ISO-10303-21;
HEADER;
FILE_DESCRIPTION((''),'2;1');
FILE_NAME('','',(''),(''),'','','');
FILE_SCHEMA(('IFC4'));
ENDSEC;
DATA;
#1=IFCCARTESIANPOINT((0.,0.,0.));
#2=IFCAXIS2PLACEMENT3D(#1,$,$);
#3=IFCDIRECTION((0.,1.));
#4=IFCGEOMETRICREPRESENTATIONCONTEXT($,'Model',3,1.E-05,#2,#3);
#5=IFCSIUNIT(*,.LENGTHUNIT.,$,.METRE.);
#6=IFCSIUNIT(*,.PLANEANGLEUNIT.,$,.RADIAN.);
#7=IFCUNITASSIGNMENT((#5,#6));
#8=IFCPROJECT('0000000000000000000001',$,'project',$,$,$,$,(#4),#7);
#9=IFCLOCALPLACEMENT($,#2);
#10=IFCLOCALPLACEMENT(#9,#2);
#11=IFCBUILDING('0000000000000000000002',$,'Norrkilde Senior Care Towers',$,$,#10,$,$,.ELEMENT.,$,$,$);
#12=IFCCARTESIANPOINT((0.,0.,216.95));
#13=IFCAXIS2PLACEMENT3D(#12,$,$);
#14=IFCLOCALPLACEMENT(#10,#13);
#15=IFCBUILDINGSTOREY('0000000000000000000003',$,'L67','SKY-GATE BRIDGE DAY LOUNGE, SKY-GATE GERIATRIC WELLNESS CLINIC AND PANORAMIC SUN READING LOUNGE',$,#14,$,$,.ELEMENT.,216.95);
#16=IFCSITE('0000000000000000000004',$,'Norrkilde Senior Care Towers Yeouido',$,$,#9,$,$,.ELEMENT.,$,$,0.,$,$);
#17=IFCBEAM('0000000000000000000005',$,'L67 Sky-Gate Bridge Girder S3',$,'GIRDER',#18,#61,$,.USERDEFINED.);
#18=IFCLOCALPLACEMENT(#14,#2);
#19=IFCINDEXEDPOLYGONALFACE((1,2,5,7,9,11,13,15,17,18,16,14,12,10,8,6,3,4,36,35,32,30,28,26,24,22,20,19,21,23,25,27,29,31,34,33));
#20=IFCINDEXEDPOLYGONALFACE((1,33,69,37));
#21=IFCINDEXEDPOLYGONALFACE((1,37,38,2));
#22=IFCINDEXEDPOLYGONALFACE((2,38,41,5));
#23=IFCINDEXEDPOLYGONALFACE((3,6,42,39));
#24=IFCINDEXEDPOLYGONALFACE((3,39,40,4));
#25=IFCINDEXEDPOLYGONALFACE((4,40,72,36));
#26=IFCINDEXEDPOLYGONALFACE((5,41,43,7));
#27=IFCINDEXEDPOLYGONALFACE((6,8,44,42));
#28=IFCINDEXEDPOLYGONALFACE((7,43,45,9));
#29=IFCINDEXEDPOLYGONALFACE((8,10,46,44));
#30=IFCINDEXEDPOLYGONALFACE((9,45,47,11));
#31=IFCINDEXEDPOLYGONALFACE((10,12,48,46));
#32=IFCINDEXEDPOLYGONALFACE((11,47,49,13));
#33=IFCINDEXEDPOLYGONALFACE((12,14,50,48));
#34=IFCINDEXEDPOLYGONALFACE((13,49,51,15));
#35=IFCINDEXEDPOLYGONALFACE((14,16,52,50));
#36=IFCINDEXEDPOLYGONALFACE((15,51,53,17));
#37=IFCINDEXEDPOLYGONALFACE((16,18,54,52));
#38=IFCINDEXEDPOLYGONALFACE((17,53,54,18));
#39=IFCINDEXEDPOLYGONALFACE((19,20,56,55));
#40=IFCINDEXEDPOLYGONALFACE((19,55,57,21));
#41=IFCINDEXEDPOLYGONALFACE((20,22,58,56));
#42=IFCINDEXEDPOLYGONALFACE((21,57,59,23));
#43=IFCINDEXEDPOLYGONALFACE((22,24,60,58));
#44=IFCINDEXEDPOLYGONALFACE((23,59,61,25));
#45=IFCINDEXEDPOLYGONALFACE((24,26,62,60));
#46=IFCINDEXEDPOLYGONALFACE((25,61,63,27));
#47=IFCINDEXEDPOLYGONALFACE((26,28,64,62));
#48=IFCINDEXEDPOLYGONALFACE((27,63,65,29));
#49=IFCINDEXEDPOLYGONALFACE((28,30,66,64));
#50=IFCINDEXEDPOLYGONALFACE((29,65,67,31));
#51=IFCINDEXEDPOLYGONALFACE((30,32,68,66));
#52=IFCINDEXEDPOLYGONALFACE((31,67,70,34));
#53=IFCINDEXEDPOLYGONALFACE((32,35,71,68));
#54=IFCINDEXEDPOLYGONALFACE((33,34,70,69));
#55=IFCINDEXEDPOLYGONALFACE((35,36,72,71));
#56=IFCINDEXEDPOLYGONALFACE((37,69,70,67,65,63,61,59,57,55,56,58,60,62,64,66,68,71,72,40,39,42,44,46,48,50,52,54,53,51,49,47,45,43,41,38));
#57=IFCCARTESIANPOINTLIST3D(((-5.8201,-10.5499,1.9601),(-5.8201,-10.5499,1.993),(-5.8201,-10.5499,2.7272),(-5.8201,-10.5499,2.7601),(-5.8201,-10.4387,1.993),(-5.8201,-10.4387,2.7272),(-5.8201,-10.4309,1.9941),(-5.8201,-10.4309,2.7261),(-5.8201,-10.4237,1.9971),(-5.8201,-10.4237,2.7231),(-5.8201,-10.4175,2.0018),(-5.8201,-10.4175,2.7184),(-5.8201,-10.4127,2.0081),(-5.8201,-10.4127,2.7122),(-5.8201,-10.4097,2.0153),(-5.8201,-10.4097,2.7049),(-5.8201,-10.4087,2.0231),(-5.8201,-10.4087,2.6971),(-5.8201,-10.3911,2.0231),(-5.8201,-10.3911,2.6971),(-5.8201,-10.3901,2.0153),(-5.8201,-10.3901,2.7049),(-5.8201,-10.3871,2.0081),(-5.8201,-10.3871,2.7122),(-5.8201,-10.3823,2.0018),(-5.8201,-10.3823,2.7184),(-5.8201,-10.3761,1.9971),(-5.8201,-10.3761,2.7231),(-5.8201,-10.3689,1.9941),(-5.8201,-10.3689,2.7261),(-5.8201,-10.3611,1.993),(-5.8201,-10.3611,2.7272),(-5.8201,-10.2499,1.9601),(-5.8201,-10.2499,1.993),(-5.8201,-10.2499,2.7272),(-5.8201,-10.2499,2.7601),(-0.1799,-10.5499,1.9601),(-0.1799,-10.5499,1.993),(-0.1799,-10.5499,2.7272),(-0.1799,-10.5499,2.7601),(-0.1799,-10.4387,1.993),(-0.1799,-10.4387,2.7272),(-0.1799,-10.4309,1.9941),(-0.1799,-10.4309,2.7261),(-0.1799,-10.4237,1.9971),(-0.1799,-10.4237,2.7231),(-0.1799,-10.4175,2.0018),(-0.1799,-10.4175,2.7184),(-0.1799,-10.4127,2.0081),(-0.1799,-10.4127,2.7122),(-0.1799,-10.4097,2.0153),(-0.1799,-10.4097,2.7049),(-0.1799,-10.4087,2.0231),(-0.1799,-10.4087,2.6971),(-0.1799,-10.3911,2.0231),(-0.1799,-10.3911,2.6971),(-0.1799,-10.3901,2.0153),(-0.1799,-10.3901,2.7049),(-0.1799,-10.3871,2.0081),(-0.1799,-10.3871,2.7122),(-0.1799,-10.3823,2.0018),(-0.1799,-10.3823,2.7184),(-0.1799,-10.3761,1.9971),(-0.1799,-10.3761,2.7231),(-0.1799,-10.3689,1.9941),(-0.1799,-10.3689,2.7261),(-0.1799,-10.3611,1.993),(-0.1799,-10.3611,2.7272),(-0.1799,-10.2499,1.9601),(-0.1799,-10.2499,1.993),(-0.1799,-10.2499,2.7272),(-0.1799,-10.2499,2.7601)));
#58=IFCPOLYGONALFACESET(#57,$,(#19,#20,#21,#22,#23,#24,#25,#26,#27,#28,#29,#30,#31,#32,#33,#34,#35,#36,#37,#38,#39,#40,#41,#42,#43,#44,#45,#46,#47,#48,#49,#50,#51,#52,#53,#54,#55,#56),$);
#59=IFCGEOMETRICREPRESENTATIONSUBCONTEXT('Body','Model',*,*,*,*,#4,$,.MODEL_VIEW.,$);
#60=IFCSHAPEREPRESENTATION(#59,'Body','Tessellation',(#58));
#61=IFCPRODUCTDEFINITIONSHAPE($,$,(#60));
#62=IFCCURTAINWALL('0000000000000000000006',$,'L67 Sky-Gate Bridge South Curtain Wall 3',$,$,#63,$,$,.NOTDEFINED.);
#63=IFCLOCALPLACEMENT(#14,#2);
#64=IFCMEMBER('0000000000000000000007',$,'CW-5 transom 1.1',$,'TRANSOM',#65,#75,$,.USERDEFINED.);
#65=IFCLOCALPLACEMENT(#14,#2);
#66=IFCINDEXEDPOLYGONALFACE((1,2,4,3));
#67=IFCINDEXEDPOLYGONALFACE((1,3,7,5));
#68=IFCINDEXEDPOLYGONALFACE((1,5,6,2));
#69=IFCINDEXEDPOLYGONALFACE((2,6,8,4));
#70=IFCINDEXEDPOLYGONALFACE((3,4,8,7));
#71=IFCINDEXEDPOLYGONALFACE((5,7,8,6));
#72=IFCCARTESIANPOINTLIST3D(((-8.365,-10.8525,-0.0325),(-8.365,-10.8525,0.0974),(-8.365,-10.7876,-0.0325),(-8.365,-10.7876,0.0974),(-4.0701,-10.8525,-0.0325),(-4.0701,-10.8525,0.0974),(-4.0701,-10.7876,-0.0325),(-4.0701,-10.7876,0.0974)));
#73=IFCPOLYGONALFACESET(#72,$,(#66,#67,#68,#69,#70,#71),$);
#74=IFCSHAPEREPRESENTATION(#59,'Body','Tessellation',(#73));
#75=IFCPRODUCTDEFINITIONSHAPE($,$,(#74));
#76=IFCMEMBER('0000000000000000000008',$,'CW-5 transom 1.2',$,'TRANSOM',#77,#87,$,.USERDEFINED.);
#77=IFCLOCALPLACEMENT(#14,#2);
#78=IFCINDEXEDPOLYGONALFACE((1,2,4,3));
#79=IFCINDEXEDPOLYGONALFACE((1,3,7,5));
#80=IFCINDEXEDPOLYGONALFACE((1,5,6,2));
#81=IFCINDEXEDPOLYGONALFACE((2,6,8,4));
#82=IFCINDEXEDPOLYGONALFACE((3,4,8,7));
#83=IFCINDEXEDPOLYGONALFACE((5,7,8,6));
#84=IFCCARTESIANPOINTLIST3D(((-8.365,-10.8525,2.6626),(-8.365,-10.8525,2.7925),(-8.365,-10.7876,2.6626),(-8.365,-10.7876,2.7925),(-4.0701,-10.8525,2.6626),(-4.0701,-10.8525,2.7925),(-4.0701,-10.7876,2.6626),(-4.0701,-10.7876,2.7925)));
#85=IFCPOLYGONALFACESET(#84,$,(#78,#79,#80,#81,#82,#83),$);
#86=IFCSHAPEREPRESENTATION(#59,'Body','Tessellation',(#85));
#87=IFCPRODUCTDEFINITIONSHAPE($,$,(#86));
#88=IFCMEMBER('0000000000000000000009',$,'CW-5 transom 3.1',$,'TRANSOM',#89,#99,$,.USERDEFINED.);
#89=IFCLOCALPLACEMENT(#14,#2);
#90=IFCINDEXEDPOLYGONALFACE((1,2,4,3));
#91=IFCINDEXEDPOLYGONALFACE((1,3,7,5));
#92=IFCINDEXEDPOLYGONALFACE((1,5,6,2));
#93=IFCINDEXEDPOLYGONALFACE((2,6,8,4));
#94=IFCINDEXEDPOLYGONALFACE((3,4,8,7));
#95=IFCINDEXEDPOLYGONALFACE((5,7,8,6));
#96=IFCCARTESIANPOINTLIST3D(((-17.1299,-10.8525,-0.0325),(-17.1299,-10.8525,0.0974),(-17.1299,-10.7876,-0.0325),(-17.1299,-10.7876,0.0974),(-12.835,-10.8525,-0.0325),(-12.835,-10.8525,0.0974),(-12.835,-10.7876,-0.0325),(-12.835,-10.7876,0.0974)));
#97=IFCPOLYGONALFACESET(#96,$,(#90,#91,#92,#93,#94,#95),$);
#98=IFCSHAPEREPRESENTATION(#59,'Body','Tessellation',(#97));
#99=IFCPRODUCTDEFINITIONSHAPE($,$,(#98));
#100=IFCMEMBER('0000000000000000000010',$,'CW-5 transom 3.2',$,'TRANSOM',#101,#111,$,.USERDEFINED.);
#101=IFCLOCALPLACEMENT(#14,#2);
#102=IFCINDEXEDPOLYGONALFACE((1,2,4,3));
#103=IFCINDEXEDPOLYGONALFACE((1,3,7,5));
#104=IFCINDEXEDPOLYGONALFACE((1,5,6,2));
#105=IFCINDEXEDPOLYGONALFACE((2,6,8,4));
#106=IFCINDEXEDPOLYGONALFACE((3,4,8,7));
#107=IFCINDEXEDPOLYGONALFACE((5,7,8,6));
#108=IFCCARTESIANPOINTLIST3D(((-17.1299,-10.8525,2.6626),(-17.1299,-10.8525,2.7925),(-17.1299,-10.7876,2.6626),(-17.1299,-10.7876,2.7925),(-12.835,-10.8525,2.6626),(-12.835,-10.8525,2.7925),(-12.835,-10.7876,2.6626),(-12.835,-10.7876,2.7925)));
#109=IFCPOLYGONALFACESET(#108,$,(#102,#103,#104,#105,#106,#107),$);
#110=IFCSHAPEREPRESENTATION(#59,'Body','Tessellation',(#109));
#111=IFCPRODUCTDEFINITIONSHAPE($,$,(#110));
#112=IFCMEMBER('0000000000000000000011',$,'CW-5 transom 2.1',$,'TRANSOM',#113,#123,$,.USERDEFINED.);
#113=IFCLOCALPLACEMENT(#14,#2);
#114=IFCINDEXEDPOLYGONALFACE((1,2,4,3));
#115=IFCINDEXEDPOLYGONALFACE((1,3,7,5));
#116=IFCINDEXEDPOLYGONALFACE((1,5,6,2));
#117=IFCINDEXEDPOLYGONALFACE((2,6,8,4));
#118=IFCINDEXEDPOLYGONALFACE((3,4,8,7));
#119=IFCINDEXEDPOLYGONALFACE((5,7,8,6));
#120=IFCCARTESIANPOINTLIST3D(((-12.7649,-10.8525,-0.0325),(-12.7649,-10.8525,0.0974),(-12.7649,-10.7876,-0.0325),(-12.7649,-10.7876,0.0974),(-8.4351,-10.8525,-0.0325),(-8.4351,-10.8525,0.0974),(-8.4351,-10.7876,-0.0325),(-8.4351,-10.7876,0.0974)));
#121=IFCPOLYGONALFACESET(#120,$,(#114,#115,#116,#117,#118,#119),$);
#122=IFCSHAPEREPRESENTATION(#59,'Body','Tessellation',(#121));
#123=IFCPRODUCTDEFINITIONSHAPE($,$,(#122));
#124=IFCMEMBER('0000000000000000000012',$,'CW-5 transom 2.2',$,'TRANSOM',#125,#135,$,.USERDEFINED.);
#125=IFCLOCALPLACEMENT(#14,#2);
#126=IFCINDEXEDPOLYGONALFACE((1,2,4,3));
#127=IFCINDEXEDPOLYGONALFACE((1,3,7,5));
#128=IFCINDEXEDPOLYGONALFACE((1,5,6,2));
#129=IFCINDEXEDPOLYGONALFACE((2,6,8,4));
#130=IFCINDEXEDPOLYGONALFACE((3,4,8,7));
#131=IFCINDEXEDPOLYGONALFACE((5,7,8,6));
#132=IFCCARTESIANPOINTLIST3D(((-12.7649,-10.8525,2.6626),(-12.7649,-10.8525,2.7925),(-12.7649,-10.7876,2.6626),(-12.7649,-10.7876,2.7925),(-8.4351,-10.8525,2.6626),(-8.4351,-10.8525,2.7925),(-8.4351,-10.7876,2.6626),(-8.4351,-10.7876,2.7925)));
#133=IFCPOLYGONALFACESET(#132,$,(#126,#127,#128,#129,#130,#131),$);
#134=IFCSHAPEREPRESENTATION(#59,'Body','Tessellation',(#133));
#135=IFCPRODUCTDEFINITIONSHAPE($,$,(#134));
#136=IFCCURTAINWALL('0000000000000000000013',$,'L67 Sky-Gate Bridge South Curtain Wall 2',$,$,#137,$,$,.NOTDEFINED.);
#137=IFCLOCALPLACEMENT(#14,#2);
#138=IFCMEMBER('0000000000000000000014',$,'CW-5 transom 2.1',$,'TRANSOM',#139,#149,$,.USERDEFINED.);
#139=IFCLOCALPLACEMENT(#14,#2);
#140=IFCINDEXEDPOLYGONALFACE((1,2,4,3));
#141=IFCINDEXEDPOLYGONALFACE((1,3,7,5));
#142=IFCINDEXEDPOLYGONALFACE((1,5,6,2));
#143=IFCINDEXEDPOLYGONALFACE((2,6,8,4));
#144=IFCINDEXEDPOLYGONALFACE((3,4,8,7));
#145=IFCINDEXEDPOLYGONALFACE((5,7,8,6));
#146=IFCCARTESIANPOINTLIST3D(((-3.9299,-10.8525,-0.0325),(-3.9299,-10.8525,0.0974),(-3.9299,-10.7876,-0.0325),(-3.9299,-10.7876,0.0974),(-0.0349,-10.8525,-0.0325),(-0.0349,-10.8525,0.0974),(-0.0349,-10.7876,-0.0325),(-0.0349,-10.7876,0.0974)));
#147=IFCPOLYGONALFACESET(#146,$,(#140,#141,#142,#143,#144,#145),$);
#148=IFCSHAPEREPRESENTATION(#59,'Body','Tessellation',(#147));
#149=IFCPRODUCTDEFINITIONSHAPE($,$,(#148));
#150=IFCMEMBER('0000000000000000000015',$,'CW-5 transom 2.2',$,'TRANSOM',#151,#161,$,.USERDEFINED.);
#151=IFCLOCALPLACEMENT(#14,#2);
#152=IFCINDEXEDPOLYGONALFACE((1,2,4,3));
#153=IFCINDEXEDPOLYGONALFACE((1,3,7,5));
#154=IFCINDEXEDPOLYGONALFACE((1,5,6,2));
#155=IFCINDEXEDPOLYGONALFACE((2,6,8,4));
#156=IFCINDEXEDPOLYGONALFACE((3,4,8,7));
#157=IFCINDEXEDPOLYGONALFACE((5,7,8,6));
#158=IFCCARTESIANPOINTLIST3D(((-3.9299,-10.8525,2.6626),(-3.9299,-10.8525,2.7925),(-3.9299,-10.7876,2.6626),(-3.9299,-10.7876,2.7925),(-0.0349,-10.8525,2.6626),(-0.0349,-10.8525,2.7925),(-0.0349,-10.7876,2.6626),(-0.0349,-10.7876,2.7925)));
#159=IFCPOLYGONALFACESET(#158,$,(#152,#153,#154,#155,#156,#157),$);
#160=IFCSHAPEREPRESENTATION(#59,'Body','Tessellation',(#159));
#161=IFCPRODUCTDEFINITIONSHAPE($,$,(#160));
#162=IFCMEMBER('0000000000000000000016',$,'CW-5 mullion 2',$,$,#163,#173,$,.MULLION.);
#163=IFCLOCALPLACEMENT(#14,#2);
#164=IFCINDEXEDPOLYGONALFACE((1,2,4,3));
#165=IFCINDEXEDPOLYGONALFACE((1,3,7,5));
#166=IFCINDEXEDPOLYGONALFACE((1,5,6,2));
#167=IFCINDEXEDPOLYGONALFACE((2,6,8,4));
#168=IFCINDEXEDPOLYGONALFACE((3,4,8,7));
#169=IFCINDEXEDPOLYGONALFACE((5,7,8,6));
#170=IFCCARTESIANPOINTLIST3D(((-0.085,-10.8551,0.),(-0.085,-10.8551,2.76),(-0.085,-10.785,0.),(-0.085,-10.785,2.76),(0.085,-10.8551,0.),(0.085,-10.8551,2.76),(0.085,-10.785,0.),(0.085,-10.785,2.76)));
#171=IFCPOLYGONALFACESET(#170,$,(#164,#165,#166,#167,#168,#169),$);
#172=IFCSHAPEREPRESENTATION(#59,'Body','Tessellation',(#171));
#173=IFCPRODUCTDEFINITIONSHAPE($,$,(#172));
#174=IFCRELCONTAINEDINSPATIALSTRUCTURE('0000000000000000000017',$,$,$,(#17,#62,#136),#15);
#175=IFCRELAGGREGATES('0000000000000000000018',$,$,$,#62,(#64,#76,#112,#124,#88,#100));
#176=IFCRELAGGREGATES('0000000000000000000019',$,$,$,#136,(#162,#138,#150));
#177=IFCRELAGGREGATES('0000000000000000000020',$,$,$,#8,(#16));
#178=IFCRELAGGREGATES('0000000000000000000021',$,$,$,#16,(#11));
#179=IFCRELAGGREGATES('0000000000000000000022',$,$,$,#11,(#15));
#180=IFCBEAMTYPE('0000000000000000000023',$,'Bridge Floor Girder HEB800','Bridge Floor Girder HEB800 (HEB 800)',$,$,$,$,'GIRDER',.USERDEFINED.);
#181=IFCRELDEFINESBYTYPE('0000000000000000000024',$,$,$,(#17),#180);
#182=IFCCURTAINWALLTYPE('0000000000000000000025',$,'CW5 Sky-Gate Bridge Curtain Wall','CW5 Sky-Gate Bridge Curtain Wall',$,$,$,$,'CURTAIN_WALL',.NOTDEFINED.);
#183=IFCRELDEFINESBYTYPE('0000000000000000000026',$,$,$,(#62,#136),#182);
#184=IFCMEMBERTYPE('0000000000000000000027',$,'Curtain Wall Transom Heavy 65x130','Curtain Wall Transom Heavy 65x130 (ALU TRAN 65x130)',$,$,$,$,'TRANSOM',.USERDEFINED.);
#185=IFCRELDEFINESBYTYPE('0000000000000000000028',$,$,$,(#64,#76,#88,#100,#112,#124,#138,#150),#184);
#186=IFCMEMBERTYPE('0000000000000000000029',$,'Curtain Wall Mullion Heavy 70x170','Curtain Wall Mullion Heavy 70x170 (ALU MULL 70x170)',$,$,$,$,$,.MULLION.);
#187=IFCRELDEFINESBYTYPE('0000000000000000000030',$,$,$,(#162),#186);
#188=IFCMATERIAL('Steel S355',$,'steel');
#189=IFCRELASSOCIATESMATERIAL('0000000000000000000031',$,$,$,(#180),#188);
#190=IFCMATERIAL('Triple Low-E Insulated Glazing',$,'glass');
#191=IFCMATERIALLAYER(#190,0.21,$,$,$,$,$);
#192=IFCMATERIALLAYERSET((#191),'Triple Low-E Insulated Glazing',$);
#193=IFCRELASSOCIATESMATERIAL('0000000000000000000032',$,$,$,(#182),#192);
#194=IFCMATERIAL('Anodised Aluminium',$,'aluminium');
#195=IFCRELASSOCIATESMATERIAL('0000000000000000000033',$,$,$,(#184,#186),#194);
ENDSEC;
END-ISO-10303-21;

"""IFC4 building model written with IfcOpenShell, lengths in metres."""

from ifc_helpers import new_model, si_unit, direction, frame, origin, origin_2d, place, context, subcontext, project, spatial, rectangle, i_section, extrude, source, transform, mapped, material, layer, layer_set, material_profile, profile_set, type_object, type_shapes, element, aggregate, save


model = new_model("IFC4")

# Units and contexts
model_context = context("Model", 3, precision=1e-05, world=origin(), true_north=direction((0.0, 1.0)))
body_context = subcontext(model_context, "Body", "Model", "MODEL_VIEW")
ifc_project = project(units=[si_unit("LENGTHUNIT", "METRE"), si_unit("PLANEANGLEUNIT", "RADIAN")], contexts=[model_context])

# Site, building, storey
site_placement = place(None, origin())
site = spatial("IfcSite", under=ifc_project, at=site_placement, Name="Norrkilde Senior Care Towers Yeouido", CompositionType="ELEMENT", RefElevation=0.0)
building_placement = place(site_placement, origin())
building = spatial("IfcBuilding", under=site, at=building_placement, Name="Norrkilde Senior Care Towers", CompositionType="ELEMENT")
storey_placement = place(building_placement, frame((0.0, 0.0, 216.95)))
storey = spatial("IfcBuildingStorey", under=building, at=storey_placement, Name="L67", Description="SKY-GATE BRIDGE DAY LOUNGE, SKY-GATE GERIATRIC WELLNESS CLINIC AND PANORAMIC SUN READING LOUNGE", CompositionType="ELEMENT", Elevation=216.95)

# Shared definitions
ifc_material_1 = material(Name="Steel S355", Category="steel")

# Beam
ifc_material_profile_1 = material_profile(ifc_material_1, i_section(OverallWidth=0.3, OverallDepth=0.8, WebThickness=0.0176, FlangeThickness=0.033, FilletRadius=0.03, at=origin_2d()), Name="HEB 800")
ifc_profile_set_1 = profile_set([ifc_material_profile_1], Name="Steel S355")
beam_type_1 = type_object("IfcBeamType", Name="Bridge Floor Girder HEB800", Description="Bridge Floor Girder HEB800 (HEB 800)", ElementType="GIRDER", PredefinedType="USERDEFINED", material=ifc_profile_set_1)
shared_shape_1 = source(origin(), body_context, "Body", "SweptSolid", [
    extrude(i_section(OverallWidth=0.3, OverallDepth=0.8, WebThickness=0.0176, FlangeThickness=0.033, FilletRadius=0.03, at=origin_2d()), origin(), (0.0, 0.0, 1.0), 5.6401),
])
type_shapes(beam_type_1, [shared_shape_1])
for number, where, z_axis, x_axis, name in (
    (1, (-5.8201, -10.3999, 2.3601), (1.0, 0.0, 0.0), (0.0, 1.0, 0.0), "L67 Sky-Gate Bridge Girder S3"),
):
    element("IfcBeam", number, at=place(storey_placement, frame(where, z_axis=z_axis, x_axis=x_axis)), inside=storey, type_object=beam_type_1, Name=name, ObjectType="GIRDER", PredefinedType="USERDEFINED", context=body_context, shape_type="MappedRepresentation", body=[
        mapped(shared_shape_1, transform((0.0, 0.0, 0.0), x_axis=(1.0, 0.0, 0.0), y_axis=(0.0, 1.0, 0.0), z_axis=(0.0, 0.0, 1.0), scale=1.0)),
    ])

# Curtain walls, members
ifc_material_2 = material(Name="Triple Low-E Insulated Glazing", Category="glass")
ifc_layer_1 = layer(ifc_material_2, 0.21)
ifc_layer_set_1 = layer_set([ifc_layer_1], Name="Triple Low-E Insulated Glazing")
curtain_wall_type = type_object("IfcCurtainWallType", Name="CW5 Sky-Gate Bridge Curtain Wall", Description="CW5 Sky-Gate Bridge Curtain Wall", ElementType="CURTAIN_WALL", PredefinedType="NOTDEFINED", material=ifc_layer_set_1)
curtain_wall_1_placement = place(storey_placement, origin())
curtain_wall_1 = element("IfcCurtainWall", 2, at=curtain_wall_1_placement, inside=storey, type_object=curtain_wall_type, Name="L67 Sky-Gate Bridge South Curtain Wall 3", PredefinedType="NOTDEFINED")
ifc_material_3 = material(Name="Anodised Aluminium", Category="aluminium")
ifc_material_profile_2 = material_profile(ifc_material_3, rectangle(XDim=0.0649, YDim=0.1299, at=origin_2d()), Name="ALU TRAN 65x130")
ifc_profile_set_2 = profile_set([ifc_material_profile_2], Name="Anodised Aluminium")
member_type_1 = type_object("IfcMemberType", Name="Curtain Wall Transom Heavy 65x130", Description="Curtain Wall Transom Heavy 65x130 (ALU TRAN 65x130)", ElementType="TRANSOM", PredefinedType="USERDEFINED", material=ifc_profile_set_2)
shared_shape_2 = source(origin(), body_context, "Body", "SweptSolid", [
    extrude(rectangle(XDim=0.0649, YDim=0.1299, at=origin_2d()), origin(), (0.0, 0.0, 1.0), 4.2949),
])
member_1_placement = place(storey_placement, frame((-4.0701, -10.8201, 0.0325), z_axis=(-1.0, 0.0, 0.0), x_axis=(0.0, -1.0, 0.0)))
member_1 = element("IfcMember", 3, at=member_1_placement, type_object=member_type_1, Name="CW-5 transom 1.1", ObjectType="TRANSOM", PredefinedType="USERDEFINED", context=body_context, shape_type="MappedRepresentation", body=[
    mapped(shared_shape_2, transform((0.0, 0.0, 0.0), x_axis=(1.0, 0.0, 0.0), y_axis=(0.0, 1.0, 0.0), z_axis=(0.0, 0.0, 1.0), scale=1.0)),
])
member_2_placement = place(storey_placement, frame((-4.0701, -10.8201, 2.7275), z_axis=(-1.0, 0.0, 0.0), x_axis=(0.0, -1.0, 0.0)))
member_2 = element("IfcMember", 4, at=member_2_placement, type_object=member_type_1, Name="CW-5 transom 1.2", ObjectType="TRANSOM", PredefinedType="USERDEFINED", context=body_context, shape_type="MappedRepresentation", body=[
    mapped(shared_shape_2, transform((0.0, 0.0, 0.0), x_axis=(1.0, 0.0, 0.0), y_axis=(0.0, 1.0, 0.0), z_axis=(0.0, 0.0, 1.0), scale=1.0)),
])
member_3_placement = place(storey_placement, frame((-12.835, -10.8201, 0.0325), z_axis=(-1.0, 0.0, 0.0), x_axis=(0.0, -1.0, 0.0)))
member_3 = element("IfcMember", 5, at=member_3_placement, type_object=member_type_1, Name="CW-5 transom 3.1", ObjectType="TRANSOM", PredefinedType="USERDEFINED", context=body_context, shape_type="MappedRepresentation", body=[
    mapped(shared_shape_2, transform((0.0, 0.0, 0.0), x_axis=(1.0, 0.0, 0.0), y_axis=(0.0, 1.0, 0.0), z_axis=(0.0, 0.0, 1.0), scale=1.0)),
])
member_4_placement = place(storey_placement, frame((-12.835, -10.8201, 2.7275), z_axis=(-1.0, 0.0, 0.0), x_axis=(0.0, -1.0, 0.0)))
member_4 = element("IfcMember", 6, at=member_4_placement, type_object=member_type_1, Name="CW-5 transom 3.2", ObjectType="TRANSOM", PredefinedType="USERDEFINED", context=body_context, shape_type="MappedRepresentation", body=[
    mapped(shared_shape_2, transform((0.0, 0.0, 0.0), x_axis=(1.0, 0.0, 0.0), y_axis=(0.0, 1.0, 0.0), z_axis=(0.0, 0.0, 1.0), scale=1.0)),
])
shared_shape_3 = source(origin(), body_context, "Body", "SweptSolid", [
    extrude(rectangle(XDim=0.0649, YDim=0.1299, at=origin_2d()), origin(), (0.0, 0.0, 1.0), 4.3298),
])
member_5_placement = place(storey_placement, frame((-8.4351, -10.8201, 0.0325), z_axis=(-1.0, 0.0, 0.0), x_axis=(0.0, -1.0, 0.0)))
member_5 = element("IfcMember", 7, at=member_5_placement, type_object=member_type_1, Name="CW-5 transom 2.1", ObjectType="TRANSOM", PredefinedType="USERDEFINED", context=body_context, shape_type="MappedRepresentation", body=[
    mapped(shared_shape_3, transform((0.0, 0.0, 0.0), x_axis=(1.0, 0.0, 0.0), y_axis=(0.0, 1.0, 0.0), z_axis=(0.0, 0.0, 1.0), scale=1.0)),
])
member_6_placement = place(storey_placement, frame((-8.4351, -10.8201, 2.7275), z_axis=(-1.0, 0.0, 0.0), x_axis=(0.0, -1.0, 0.0)))
member_6 = element("IfcMember", 8, at=member_6_placement, type_object=member_type_1, Name="CW-5 transom 2.2", ObjectType="TRANSOM", PredefinedType="USERDEFINED", context=body_context, shape_type="MappedRepresentation", body=[
    mapped(shared_shape_3, transform((0.0, 0.0, 0.0), x_axis=(1.0, 0.0, 0.0), y_axis=(0.0, 1.0, 0.0), z_axis=(0.0, 0.0, 1.0), scale=1.0)),
])
curtain_wall_2_placement = place(storey_placement, origin())
curtain_wall_2 = element("IfcCurtainWall", 9, at=curtain_wall_2_placement, inside=storey, type_object=curtain_wall_type, Name="L67 Sky-Gate Bridge South Curtain Wall 2", PredefinedType="NOTDEFINED")
shared_shape_4 = source(origin(), body_context, "Body", "SweptSolid", [
    extrude(rectangle(XDim=0.0649, YDim=0.1299, at=origin_2d()), origin(), (0.0, 0.0, 1.0), 3.895),
])
type_shapes(member_type_1, [shared_shape_2, shared_shape_3, shared_shape_4])
member_7_placement = place(storey_placement, frame((-0.0349, -10.8201, 0.0325), z_axis=(-1.0, 0.0, 0.0), x_axis=(0.0, -1.0, 0.0)))
member_7 = element("IfcMember", 10, at=member_7_placement, type_object=member_type_1, Name="CW-5 transom 2.1", ObjectType="TRANSOM", PredefinedType="USERDEFINED", context=body_context, shape_type="MappedRepresentation", body=[
    mapped(shared_shape_4, transform((0.0, 0.0, 0.0), x_axis=(1.0, 0.0, 0.0), y_axis=(0.0, 1.0, 0.0), z_axis=(0.0, 0.0, 1.0), scale=1.0)),
])
member_8_placement = place(storey_placement, frame((-0.0349, -10.8201, 2.7275), z_axis=(-1.0, 0.0, 0.0), x_axis=(0.0, -1.0, 0.0)))
member_8 = element("IfcMember", 11, at=member_8_placement, type_object=member_type_1, Name="CW-5 transom 2.2", ObjectType="TRANSOM", PredefinedType="USERDEFINED", context=body_context, shape_type="MappedRepresentation", body=[
    mapped(shared_shape_4, transform((0.0, 0.0, 0.0), x_axis=(1.0, 0.0, 0.0), y_axis=(0.0, 1.0, 0.0), z_axis=(0.0, 0.0, 1.0), scale=1.0)),
])
ifc_material_profile_3 = material_profile(ifc_material_3, rectangle(XDim=0.0701, YDim=0.1699, at=origin_2d()), Name="ALU MULL 70x170")
ifc_profile_set_3 = profile_set([ifc_material_profile_3], Name="Anodised Aluminium")
member_type_2 = type_object("IfcMemberType", Name="Curtain Wall Mullion Heavy 70x170", Description="Curtain Wall Mullion Heavy 70x170 (ALU MULL 70x170)", PredefinedType="MULLION", material=ifc_profile_set_3)
shared_shape_5 = source(origin(), body_context, "Body", "SweptSolid", [
    extrude(rectangle(XDim=0.0701, YDim=0.1699, at=origin_2d()), origin(), (0.0, 0.0, 1.0), 2.76),
])
type_shapes(member_type_2, [shared_shape_5])
member_9_placement = place(storey_placement, frame((0.0, -10.8201, 0.0), z_axis=(0.0, 0.0, 1.0), x_axis=(0.0, -1.0, 0.0)))
member_9 = element("IfcMember", 12, at=member_9_placement, type_object=member_type_2, Name="CW-5 mullion 2", PredefinedType="MULLION", context=body_context, shape_type="MappedRepresentation", body=[
    mapped(shared_shape_5, transform((0.0, 0.0, 0.0), x_axis=(1.0, 0.0, 0.0), y_axis=(0.0, 1.0, 0.0), z_axis=(0.0, 0.0, 1.0), scale=1.0)),
])

aggregate(curtain_wall_1, [member_1, member_2, member_5, member_6, member_3, member_4])
aggregate(curtain_wall_2, [member_9, member_7, member_8])

save(model, "model.ifc")
